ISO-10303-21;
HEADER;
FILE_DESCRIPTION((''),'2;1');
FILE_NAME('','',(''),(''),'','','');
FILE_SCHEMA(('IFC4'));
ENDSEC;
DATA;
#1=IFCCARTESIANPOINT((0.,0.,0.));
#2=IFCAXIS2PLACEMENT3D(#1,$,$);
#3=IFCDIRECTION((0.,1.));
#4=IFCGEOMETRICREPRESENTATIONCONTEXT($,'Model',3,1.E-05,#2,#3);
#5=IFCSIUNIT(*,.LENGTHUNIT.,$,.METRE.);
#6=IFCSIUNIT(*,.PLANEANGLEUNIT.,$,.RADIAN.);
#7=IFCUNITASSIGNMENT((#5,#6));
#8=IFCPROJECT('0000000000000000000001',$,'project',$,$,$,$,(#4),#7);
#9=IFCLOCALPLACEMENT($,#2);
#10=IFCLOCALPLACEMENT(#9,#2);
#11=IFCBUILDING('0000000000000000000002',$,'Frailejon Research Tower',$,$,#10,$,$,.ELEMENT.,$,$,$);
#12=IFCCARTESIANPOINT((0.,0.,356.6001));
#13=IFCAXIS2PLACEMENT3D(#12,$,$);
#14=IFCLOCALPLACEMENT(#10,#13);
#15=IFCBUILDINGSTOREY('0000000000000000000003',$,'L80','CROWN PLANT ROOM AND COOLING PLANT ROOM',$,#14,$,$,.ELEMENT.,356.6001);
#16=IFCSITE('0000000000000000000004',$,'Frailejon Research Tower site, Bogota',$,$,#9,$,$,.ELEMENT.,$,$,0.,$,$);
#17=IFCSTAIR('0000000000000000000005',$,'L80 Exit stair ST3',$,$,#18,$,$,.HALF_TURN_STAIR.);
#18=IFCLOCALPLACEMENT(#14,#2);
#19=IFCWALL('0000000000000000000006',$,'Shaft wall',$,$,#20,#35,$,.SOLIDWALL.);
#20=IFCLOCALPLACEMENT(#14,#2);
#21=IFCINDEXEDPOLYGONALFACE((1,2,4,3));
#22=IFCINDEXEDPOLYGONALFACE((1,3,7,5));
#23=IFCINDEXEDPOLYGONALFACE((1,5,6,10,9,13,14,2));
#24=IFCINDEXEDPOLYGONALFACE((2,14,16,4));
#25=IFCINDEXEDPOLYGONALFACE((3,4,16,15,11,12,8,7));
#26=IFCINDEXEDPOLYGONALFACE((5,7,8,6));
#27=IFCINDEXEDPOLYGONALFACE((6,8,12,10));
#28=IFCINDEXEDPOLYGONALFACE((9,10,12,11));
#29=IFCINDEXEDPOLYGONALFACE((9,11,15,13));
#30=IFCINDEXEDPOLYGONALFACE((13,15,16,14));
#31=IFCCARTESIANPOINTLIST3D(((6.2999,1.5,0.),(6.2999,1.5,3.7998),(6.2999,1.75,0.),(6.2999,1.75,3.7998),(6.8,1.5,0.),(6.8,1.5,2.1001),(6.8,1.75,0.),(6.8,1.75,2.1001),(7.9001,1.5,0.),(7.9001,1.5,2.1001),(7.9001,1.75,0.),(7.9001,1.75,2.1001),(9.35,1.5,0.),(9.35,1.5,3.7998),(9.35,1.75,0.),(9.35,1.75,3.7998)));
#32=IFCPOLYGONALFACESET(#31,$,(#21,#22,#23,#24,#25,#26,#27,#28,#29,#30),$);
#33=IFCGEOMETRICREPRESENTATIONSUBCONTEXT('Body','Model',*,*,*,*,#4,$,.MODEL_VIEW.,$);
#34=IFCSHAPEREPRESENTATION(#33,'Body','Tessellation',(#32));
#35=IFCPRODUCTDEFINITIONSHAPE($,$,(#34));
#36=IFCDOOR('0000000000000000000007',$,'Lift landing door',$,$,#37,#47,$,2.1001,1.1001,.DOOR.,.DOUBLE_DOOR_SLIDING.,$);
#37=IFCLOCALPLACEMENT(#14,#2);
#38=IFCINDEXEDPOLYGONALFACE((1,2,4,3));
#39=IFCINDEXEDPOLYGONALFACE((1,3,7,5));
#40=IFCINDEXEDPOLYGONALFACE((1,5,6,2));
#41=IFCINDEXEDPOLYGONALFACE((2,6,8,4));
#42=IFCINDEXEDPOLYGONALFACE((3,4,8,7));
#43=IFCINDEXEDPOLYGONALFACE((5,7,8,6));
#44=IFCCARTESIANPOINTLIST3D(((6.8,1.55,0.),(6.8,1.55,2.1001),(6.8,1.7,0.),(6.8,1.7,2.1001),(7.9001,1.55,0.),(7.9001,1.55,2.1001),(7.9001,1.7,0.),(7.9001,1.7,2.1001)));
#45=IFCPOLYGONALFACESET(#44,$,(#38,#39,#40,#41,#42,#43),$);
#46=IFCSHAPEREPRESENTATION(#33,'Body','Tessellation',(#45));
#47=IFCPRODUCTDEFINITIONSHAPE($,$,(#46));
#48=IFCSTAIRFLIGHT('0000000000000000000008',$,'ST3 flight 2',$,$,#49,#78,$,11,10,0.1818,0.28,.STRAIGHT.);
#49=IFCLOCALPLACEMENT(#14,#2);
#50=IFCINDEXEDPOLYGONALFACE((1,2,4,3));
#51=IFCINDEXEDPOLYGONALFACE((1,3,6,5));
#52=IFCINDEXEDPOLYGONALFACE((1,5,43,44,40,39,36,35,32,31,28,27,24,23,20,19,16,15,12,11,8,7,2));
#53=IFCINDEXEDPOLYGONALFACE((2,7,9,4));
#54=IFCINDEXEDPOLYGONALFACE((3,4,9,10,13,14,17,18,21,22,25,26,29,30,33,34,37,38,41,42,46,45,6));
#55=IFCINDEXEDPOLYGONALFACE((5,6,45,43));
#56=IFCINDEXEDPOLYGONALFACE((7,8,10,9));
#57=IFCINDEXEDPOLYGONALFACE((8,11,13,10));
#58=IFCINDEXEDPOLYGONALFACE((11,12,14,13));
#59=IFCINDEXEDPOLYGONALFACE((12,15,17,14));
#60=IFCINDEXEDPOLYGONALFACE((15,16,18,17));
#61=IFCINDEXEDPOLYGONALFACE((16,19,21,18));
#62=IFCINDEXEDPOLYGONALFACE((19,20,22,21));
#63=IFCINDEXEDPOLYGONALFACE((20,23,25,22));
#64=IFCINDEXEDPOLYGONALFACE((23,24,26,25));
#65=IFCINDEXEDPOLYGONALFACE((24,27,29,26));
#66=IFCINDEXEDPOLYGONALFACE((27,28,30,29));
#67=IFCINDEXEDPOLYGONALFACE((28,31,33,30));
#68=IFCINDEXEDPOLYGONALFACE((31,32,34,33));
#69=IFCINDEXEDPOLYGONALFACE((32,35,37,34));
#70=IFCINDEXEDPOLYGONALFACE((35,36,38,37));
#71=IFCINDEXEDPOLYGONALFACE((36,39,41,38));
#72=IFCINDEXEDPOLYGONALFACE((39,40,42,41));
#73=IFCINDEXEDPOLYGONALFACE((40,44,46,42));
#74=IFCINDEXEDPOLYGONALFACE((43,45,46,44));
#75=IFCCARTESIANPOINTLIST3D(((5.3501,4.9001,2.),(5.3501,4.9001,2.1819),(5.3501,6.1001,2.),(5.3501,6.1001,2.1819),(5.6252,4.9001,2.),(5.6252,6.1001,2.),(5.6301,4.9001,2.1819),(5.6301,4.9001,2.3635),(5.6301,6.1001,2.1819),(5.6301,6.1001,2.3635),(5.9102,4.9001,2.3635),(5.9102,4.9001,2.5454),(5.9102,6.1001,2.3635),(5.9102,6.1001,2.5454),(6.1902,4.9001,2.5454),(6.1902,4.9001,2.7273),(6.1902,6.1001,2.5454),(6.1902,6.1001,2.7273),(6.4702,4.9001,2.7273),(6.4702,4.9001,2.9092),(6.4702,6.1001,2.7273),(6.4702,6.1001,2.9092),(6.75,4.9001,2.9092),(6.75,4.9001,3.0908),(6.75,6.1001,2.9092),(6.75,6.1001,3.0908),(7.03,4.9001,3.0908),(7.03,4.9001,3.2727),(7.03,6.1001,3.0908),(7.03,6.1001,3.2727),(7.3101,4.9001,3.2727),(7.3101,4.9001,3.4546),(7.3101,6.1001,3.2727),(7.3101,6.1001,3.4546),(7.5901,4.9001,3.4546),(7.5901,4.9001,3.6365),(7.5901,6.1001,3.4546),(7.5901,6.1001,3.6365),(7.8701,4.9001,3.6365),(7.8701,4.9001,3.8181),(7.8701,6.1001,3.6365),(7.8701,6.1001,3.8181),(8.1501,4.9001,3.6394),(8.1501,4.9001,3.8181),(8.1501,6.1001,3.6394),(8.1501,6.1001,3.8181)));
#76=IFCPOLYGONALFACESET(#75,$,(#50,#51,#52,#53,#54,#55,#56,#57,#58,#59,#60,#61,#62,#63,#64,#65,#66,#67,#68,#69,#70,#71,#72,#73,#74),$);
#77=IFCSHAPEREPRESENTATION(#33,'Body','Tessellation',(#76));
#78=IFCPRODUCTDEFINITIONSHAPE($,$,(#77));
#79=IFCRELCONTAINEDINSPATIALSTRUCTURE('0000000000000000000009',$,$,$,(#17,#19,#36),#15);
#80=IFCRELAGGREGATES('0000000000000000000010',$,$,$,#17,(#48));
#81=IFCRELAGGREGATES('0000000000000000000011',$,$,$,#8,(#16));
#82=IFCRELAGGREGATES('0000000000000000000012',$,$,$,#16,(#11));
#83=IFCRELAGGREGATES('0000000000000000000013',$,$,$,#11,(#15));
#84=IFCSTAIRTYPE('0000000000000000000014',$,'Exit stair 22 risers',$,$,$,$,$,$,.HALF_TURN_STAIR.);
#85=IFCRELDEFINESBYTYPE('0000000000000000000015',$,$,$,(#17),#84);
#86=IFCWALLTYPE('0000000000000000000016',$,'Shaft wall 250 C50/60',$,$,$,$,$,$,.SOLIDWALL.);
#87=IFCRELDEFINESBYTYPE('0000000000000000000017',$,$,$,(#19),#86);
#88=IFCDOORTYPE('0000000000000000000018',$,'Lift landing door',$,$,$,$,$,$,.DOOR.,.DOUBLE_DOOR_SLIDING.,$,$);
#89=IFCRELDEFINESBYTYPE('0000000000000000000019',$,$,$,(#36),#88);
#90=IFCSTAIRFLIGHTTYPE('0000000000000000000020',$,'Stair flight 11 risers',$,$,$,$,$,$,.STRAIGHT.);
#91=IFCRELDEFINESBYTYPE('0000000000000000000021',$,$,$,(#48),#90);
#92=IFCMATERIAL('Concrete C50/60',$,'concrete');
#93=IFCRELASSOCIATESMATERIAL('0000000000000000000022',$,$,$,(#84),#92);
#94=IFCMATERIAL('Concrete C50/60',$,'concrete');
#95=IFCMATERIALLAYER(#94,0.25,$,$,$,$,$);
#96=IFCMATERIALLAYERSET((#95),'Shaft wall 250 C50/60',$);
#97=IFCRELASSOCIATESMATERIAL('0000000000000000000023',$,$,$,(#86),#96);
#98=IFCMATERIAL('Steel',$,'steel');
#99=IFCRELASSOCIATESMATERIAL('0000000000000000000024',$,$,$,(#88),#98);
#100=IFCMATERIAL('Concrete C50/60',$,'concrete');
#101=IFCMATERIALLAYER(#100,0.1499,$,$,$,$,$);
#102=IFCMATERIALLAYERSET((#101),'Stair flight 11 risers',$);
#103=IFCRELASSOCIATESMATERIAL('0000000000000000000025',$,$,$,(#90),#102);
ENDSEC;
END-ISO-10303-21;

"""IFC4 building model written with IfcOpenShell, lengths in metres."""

from ifc_helpers import new_model, si_unit, direction, frame, frame_2d, origin, place, context, subcontext, project, spatial, polyline, rectangle, outline, extrude, material, layer, layer_set, type_object, element, fill, aggregate, save


model = new_model("IFC4")

# Units and contexts
model_context = context("Model", 3, precision=1e-05, world=origin(), true_north=direction((0.0, 1.0)))
body_context = subcontext(model_context, "Body", "Model", "MODEL_VIEW")
ifc_project = project(units=[si_unit("LENGTHUNIT", "METRE"), si_unit("PLANEANGLEUNIT", "RADIAN")], contexts=[model_context])

# Site, building, storey
site_placement = place(None, origin())
site = spatial("IfcSite", under=ifc_project, at=site_placement, Name="Frailejon Research Tower site, Bogota", CompositionType="ELEMENT", RefElevation=0.0)
building_placement = place(site_placement, origin())
building = spatial("IfcBuilding", under=site, at=building_placement, Name="Frailejon Research Tower", CompositionType="ELEMENT")
storey_placement = place(building_placement, frame((0.0, 0.0, 356.6001)))
storey = spatial("IfcBuildingStorey", under=building, at=storey_placement, Name="L80", Description="CROWN PLANT ROOM AND COOLING PLANT ROOM", CompositionType="ELEMENT", Elevation=356.6001)

# Stair
ifc_material_1 = material(Name="Concrete C50/60", Category="concrete")
stair_type = type_object("IfcStairType", Name="Exit stair 22 risers", PredefinedType="HALF_TURN_STAIR", material=ifc_material_1)
stair_1_placement = place(storey_placement, origin())
stair_1 = element("IfcStair", 1, at=stair_1_placement, inside=storey, type_object=stair_type, Name="L80 Exit stair ST3", PredefinedType="HALF_TURN_STAIR")

# Shared definitions
ifc_material_2 = material(Name="Concrete C50/60", Category="concrete")
ifc_layer_1 = layer(ifc_material_2, 0.25)
ifc_layer_set_1 = layer_set([ifc_layer_1], Name="Shaft wall 250 C50/60")
wall_type_1 = type_object("IfcWallType", Name="Shaft wall 250 C50/60", PredefinedType="SOLIDWALL", material=ifc_layer_set_1)

# Wall, opening, door
wall_1_placement = place(storey_placement, frame((6.3, 1.625, 0.0), z_axis=(0.0, 0.0, 1.0), x_axis=(1.0, 0.0, 0.0)))
wall_1 = element("IfcWall", 2, at=wall_1_placement, inside=storey, type_object=wall_type_1, Name="Shaft wall", PredefinedType="SOLIDWALL", context=body_context, shape_type="SweptSolid", body=[
    extrude(rectangle(XDim=3.05, YDim=0.25, at=frame_2d((1.5249, 0.0))), origin(), (0.0, 0.0, 1.0), 3.7998),
])
opening_1_placement = place(wall_1_placement, frame((0.5, 0.0, 0.0)))
opening_1 = element("IfcOpeningElement", 3, at=opening_1_placement, cuts=wall_1, PredefinedType="OPENING", context=body_context, shape_type="SweptSolid", body=[
    extrude(rectangle(XDim=1.1001, YDim=2.1001, at=frame_2d((0.55, 1.05))), frame((0.0, 0.135, 0.0), z_axis=(0.0, -1.0, 0.0), x_axis=(1.0, 0.0, 0.0)), (0.0, 0.0, 1.0), 0.27),
])
ifc_material_3 = material(Name="Steel", Category="steel")
door_type_1 = type_object("IfcDoorType", Name="Lift landing door", OperationType="DOUBLE_DOOR_SLIDING", PredefinedType="DOOR", material=ifc_material_3)
door_1_placement = place(opening_1_placement, origin())
door_1 = element("IfcDoor", 4, at=door_1_placement, inside=storey, type_object=door_type_1, Name="Lift landing door", OperationType="DOUBLE_DOOR_SLIDING", OverallHeight=2.1001, OverallWidth=1.1001, PredefinedType="DOOR", context=body_context, shape_type="SweptSolid", body=[
    extrude(rectangle(XDim=1.1001, YDim=2.1001, at=frame_2d((0.55, 1.05))), frame((0.0, 0.075, 0.0), z_axis=(0.0, -1.0, 0.0), x_axis=(1.0, 0.0, 0.0)), (0.0, 0.0, 1.0), 0.1499),
])
fill(opening_1, door_1)

# Stair flight
ifc_material_4 = material(Name="Concrete C50/60", Category="concrete")
ifc_layer_2 = layer(ifc_material_4, 0.1499)
ifc_layer_set_2 = layer_set([ifc_layer_2], Name="Stair flight 11 risers")
stair_flight_type = type_object("IfcStairFlightType", Name="Stair flight 11 risers", PredefinedType="STRAIGHT", material=ifc_layer_set_2)
stair_flight_placement = place(storey_placement, frame((5.3501, 5.5, 2.0), z_axis=(0.0, 0.0, 1.0), x_axis=(1.0, 0.0, 0.0)))
stair_flight = element("IfcStairFlight", 5, at=stair_flight_placement, type_object=stair_flight_type, Name="ST3 flight 2", NumberOfRisers=11, NumberOfTreads=10, PredefinedType="STRAIGHT", RiserHeight=0.1818, TreadLength=0.28, context=body_context, shape_type="SweptSolid", body=[
    extrude(outline(polyline([(0.0, 0.0), (0.0, 0.1819), (0.28, 0.1819), (0.28, 0.3635), (0.5601, 0.3635), (0.5601, 0.5454), (0.8401, 0.5454), (0.8401, 0.7273), (1.1201, 0.7273), (1.1201, 0.9092), (1.3999, 0.9092), (1.3999, 1.0908), (1.6799, 1.0908), (1.6799, 1.2727), (1.96, 1.2727), (1.96, 1.4546), (2.24, 1.4546), (2.24, 1.6365), (2.52, 1.6365), (2.52, 1.8181), (2.8, 1.8181), (2.8, 2.0), (2.8, 1.6394), (0.2751, 0.0), (0.0, 0.0)])), frame((0.0, 0.6001, 0.0), z_axis=(0.0, -1.0, 0.0), x_axis=(1.0, 0.0, 0.0)), (0.0, 0.0, 1.0), 1.2),
])
aggregate(stair_1, [stair_flight])

save(model, "model.ifc")
